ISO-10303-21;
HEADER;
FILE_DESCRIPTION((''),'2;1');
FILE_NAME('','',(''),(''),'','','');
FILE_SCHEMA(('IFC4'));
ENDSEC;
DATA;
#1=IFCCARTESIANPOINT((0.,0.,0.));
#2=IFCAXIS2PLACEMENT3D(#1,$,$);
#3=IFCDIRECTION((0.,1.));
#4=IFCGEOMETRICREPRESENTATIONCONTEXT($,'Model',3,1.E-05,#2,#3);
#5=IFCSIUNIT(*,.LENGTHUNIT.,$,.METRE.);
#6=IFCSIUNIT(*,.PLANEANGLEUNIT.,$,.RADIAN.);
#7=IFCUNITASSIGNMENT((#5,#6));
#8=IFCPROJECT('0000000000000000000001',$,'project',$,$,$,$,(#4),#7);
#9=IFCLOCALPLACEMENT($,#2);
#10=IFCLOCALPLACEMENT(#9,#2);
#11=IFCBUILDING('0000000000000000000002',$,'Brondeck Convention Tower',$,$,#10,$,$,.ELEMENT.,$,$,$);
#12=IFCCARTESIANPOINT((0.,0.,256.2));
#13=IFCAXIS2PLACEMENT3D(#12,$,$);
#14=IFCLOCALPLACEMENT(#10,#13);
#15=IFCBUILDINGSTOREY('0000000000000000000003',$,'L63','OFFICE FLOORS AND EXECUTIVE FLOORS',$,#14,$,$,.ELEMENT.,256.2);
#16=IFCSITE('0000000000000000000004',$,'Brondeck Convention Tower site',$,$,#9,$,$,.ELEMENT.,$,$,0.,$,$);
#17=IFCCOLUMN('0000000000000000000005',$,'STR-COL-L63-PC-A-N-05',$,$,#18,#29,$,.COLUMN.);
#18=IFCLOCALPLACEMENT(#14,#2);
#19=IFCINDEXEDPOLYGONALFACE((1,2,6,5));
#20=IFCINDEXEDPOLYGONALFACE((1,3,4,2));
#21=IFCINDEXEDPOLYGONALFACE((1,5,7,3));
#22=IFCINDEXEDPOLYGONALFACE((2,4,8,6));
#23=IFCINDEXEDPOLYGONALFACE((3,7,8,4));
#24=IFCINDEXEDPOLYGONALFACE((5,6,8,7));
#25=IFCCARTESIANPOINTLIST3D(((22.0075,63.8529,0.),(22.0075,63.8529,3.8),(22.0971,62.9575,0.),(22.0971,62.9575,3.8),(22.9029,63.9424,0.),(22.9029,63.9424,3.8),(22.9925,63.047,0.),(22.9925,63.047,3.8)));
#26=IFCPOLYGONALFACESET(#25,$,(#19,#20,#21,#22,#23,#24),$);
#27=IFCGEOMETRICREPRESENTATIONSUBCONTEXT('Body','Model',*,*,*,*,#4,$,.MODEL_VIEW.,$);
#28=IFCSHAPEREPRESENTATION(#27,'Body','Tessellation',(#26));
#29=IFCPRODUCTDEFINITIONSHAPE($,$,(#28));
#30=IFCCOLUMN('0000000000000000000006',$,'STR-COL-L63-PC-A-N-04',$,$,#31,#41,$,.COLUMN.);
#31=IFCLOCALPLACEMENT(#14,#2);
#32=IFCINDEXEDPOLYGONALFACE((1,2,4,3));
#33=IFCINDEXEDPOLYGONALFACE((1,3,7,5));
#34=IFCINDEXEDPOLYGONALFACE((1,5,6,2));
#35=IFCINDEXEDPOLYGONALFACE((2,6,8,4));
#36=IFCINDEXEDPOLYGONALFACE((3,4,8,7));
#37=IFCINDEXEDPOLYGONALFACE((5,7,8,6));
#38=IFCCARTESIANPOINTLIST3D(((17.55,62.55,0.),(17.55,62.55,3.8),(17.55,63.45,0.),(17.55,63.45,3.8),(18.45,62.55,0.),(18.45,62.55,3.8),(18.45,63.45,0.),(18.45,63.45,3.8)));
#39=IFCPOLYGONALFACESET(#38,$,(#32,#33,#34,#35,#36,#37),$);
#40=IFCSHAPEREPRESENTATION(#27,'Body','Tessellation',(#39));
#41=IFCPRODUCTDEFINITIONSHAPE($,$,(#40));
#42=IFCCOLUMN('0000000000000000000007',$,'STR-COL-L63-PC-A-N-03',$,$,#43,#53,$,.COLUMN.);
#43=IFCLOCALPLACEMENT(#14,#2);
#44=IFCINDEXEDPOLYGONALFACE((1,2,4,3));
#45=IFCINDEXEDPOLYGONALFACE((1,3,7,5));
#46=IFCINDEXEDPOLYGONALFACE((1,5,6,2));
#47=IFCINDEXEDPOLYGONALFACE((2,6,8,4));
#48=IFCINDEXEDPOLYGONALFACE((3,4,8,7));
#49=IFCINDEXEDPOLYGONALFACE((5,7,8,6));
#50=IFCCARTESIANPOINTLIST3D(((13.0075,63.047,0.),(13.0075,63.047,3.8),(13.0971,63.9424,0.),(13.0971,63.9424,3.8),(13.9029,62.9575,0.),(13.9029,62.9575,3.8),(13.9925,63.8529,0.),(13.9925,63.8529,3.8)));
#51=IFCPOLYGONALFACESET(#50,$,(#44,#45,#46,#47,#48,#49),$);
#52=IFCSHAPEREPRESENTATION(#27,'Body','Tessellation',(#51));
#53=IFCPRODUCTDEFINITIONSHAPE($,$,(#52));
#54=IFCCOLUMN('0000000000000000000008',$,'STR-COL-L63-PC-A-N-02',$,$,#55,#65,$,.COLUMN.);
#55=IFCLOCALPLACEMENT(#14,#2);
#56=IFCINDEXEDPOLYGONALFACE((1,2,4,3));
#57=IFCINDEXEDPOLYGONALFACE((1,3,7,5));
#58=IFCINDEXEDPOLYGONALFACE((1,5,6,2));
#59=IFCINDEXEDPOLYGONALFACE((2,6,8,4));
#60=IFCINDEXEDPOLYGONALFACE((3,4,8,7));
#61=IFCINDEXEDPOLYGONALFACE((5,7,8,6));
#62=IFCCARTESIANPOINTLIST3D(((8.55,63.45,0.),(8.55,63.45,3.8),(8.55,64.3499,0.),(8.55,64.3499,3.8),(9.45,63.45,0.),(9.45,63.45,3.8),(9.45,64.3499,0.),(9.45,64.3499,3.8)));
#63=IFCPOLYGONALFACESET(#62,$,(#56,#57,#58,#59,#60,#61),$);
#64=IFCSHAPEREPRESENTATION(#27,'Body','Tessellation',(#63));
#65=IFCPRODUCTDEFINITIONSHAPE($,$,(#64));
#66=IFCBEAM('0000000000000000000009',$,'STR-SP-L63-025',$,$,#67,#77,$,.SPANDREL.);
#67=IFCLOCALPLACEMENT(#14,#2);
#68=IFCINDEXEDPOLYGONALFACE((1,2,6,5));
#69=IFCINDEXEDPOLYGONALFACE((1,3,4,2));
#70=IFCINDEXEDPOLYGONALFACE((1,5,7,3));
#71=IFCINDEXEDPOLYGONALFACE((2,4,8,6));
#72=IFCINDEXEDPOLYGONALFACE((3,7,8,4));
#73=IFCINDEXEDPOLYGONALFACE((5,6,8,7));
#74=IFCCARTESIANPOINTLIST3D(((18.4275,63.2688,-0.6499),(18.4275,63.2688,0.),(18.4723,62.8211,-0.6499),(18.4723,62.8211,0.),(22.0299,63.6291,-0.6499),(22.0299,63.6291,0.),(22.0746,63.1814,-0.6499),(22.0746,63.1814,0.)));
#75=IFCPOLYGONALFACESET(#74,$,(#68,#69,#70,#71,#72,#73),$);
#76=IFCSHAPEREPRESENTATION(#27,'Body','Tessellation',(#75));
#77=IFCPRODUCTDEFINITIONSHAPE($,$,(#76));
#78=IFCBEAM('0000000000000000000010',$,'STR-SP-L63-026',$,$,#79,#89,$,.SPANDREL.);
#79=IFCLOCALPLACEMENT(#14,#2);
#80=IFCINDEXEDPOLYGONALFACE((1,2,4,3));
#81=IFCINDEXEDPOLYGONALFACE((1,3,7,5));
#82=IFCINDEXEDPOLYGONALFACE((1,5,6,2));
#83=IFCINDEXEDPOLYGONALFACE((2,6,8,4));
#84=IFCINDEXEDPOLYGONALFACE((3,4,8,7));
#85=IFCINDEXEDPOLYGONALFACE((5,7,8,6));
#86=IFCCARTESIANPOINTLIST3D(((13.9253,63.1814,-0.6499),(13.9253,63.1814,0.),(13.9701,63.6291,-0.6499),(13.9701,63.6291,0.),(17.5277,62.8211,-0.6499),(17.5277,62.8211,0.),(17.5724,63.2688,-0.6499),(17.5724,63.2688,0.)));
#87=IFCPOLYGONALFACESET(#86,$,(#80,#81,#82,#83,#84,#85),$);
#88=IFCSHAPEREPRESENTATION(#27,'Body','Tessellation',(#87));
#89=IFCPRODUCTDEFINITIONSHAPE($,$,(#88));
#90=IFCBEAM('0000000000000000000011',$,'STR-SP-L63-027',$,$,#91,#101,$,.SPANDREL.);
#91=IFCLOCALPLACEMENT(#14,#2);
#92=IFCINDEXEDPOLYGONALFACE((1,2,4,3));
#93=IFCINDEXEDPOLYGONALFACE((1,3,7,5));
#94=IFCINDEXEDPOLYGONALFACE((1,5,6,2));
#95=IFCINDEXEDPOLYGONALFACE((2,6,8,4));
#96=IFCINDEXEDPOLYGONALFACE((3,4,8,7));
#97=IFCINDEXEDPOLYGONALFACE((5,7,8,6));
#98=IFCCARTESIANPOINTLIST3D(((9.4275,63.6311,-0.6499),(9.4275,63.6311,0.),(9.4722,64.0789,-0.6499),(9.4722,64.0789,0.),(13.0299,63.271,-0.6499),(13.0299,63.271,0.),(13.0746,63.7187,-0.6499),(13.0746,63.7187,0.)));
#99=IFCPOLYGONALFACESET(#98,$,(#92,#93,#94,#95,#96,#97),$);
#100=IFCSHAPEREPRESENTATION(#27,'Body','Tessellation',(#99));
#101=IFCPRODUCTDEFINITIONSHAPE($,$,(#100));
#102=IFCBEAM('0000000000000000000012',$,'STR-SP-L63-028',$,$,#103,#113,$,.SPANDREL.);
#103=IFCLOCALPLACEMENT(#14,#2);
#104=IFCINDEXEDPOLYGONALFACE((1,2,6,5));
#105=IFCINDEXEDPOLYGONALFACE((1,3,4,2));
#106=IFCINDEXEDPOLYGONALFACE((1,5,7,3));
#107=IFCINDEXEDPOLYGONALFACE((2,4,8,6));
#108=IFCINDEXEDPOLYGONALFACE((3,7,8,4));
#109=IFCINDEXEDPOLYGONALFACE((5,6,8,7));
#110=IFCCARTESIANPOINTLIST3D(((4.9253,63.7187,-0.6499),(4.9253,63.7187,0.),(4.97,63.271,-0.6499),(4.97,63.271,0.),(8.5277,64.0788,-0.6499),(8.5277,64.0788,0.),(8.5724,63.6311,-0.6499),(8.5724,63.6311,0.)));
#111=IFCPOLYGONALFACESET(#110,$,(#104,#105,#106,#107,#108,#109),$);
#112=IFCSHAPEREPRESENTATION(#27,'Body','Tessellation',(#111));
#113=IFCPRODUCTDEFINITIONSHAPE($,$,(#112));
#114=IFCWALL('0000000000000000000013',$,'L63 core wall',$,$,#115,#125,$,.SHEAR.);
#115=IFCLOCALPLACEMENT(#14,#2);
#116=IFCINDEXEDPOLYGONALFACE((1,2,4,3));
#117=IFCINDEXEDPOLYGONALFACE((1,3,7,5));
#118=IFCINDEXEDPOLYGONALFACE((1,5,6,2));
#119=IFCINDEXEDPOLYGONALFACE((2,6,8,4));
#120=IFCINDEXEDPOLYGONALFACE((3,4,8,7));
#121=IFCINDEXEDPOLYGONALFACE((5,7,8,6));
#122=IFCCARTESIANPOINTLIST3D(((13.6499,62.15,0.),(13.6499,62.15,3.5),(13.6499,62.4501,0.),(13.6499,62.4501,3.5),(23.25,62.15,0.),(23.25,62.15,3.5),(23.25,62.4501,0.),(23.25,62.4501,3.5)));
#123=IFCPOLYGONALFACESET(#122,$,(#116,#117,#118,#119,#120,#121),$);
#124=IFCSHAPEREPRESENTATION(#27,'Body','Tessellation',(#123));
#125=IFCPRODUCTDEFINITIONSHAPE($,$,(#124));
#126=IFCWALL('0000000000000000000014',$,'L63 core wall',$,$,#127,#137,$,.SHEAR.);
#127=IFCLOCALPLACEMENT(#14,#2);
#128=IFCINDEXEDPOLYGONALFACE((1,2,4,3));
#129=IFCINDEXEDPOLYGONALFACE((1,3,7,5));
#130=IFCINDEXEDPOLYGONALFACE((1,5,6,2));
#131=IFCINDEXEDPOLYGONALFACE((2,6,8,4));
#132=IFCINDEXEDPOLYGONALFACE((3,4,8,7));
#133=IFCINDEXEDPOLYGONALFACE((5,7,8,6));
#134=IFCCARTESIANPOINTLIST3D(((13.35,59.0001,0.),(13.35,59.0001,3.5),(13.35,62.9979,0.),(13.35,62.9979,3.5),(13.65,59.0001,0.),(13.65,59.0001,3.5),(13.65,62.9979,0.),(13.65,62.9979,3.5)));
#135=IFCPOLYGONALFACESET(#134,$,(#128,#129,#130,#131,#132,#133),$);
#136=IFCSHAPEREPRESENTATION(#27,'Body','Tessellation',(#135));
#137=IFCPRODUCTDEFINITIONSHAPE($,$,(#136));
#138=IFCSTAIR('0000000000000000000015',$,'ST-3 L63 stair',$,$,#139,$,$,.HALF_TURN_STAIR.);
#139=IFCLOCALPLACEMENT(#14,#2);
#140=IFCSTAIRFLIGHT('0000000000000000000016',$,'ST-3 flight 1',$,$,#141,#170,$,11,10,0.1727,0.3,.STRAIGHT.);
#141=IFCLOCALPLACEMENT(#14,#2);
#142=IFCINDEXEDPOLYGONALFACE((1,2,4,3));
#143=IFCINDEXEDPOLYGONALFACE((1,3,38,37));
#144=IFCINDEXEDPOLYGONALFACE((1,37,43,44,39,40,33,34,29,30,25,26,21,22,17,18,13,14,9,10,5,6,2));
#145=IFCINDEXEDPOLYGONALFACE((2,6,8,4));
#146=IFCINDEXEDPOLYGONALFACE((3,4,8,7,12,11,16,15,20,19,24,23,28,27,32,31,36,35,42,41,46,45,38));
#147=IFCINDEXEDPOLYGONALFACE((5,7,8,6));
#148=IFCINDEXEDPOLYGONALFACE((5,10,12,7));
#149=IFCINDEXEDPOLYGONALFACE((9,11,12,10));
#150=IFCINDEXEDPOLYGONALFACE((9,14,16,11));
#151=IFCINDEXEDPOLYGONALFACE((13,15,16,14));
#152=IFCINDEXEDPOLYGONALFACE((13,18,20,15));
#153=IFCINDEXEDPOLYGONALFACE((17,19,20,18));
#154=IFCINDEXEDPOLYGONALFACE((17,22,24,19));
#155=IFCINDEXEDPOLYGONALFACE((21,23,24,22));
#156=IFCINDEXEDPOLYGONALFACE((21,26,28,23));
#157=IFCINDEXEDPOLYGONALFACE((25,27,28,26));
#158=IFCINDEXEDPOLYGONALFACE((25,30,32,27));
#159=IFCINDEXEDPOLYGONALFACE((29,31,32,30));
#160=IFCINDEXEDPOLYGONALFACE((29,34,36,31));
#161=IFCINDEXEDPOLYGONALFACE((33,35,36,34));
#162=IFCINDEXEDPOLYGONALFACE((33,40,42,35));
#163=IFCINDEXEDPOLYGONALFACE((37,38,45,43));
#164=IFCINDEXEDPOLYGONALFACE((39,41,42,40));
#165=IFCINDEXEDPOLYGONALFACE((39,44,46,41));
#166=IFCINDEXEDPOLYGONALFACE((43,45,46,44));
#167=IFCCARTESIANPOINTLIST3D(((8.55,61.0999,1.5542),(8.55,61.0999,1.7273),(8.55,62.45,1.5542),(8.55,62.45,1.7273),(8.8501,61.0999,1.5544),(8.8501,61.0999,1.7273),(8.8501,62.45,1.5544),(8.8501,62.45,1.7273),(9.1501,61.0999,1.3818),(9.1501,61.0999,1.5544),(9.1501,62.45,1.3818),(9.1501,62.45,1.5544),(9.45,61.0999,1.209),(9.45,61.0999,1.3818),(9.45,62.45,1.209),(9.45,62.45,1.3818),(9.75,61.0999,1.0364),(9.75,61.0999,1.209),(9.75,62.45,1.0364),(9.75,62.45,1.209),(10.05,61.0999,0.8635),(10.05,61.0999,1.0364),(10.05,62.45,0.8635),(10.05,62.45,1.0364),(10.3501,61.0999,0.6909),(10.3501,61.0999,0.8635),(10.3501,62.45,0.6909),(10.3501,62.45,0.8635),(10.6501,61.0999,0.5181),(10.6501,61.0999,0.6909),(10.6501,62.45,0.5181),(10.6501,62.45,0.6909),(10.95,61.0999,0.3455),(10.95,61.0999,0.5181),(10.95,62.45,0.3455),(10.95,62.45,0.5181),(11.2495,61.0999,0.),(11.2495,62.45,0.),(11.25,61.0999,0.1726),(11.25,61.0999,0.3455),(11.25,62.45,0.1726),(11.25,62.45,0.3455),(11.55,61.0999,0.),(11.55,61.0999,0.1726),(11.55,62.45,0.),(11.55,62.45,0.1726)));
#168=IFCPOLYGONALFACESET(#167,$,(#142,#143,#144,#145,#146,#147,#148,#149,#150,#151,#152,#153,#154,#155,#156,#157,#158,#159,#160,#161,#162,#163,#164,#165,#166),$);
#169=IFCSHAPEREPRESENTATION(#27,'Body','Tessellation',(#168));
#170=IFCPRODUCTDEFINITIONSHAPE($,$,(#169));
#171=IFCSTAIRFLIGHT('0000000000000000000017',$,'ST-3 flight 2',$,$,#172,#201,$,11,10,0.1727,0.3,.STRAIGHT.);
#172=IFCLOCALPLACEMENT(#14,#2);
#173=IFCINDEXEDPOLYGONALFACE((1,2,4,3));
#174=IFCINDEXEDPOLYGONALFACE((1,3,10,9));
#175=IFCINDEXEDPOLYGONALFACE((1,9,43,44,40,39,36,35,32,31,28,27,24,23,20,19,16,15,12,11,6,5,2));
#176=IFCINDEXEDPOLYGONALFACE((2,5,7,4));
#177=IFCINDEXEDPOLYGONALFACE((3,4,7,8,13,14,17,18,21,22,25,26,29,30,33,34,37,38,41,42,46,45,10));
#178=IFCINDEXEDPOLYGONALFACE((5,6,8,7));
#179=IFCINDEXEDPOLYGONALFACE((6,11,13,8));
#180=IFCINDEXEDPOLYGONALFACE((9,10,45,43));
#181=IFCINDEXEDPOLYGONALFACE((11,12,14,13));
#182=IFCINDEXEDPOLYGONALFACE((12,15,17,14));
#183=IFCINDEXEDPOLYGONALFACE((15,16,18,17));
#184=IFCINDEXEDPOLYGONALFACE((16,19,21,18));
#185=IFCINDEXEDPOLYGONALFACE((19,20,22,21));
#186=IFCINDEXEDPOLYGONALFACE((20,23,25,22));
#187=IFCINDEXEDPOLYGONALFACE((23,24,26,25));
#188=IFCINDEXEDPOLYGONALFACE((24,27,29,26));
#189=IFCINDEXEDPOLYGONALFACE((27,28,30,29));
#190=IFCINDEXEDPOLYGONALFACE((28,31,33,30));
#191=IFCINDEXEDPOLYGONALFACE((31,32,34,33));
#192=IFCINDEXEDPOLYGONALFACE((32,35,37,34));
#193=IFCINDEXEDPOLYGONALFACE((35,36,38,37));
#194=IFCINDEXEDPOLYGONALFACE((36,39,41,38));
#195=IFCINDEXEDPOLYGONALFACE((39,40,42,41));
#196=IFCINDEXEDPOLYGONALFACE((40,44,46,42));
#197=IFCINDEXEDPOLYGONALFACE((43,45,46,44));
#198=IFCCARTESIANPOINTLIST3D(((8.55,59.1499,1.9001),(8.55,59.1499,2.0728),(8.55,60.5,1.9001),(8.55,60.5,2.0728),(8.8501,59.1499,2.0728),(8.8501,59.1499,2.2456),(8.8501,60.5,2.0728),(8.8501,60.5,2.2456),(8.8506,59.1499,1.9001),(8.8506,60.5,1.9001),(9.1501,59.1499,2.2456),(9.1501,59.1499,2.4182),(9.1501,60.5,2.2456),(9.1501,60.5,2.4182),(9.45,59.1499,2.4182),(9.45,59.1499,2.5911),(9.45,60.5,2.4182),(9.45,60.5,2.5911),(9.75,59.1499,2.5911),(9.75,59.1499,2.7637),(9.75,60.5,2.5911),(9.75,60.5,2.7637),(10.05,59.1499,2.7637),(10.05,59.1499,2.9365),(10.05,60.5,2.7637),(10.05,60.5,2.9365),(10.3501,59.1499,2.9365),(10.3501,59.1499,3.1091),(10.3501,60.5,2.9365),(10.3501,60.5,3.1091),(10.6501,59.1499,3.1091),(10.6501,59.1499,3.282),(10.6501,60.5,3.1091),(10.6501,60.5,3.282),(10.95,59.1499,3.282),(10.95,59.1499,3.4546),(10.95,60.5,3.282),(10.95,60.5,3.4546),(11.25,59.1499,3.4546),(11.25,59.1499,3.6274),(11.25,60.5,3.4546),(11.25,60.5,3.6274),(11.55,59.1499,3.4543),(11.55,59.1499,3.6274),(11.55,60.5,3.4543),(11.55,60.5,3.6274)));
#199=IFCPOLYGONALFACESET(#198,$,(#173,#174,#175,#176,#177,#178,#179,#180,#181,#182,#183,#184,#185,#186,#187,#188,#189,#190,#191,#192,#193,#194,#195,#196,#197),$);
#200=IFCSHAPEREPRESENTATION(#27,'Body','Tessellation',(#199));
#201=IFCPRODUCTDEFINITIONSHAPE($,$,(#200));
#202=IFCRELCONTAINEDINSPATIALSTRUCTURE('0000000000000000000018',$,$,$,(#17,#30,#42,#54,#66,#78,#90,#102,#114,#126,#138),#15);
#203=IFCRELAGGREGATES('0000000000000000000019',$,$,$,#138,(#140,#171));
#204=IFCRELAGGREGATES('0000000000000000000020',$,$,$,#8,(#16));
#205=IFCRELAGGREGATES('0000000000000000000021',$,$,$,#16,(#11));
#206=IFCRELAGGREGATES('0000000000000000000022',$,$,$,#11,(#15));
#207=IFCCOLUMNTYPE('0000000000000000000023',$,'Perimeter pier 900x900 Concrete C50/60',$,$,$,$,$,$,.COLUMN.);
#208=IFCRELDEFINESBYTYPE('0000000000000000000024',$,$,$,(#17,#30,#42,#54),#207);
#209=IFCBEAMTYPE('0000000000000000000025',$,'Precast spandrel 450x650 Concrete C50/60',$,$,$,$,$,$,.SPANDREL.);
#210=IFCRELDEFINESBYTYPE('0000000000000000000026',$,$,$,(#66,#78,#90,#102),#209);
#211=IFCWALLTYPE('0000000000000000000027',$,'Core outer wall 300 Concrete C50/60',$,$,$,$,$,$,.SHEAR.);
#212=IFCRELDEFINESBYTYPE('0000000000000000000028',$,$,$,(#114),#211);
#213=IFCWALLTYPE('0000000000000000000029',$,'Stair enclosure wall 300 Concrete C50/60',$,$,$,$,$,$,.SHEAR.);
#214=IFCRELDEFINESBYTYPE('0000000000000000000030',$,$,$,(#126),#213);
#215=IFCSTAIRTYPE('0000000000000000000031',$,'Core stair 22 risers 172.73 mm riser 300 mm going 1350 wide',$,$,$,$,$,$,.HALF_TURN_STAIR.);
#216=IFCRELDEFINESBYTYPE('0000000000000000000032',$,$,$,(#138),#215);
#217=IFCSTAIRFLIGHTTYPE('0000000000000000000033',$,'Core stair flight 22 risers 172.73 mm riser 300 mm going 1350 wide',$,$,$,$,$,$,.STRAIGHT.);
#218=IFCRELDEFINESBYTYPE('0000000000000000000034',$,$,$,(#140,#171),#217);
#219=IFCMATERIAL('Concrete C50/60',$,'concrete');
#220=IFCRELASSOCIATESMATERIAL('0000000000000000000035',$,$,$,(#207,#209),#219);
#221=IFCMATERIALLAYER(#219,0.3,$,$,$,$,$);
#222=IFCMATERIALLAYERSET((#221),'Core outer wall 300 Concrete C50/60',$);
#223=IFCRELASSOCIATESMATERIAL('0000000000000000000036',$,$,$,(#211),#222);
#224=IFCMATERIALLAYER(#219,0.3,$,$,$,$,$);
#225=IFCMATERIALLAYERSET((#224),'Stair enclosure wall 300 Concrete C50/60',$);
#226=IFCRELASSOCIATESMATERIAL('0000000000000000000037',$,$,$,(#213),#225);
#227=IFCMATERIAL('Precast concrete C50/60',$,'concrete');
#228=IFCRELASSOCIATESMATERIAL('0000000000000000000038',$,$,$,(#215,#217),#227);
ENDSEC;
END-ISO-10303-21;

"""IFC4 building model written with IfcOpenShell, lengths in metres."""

from ifc_helpers import new_model, si_unit, direction, frame, frame_2d, origin, origin_2d, place, context, subcontext, project, spatial, polyline, rectangle, outline, extrude, material, layer, layer_set, material_profile, profile_set, type_object, element, aggregate, save


model = new_model("IFC4")

# Units and contexts
model_context = context("Model", 3, precision=1e-05, world=origin(), true_north=direction((0.0, 1.0)))
body_context = subcontext(model_context, "Body", "Model", "MODEL_VIEW")
ifc_project = project(units=[si_unit("LENGTHUNIT", "METRE"), si_unit("PLANEANGLEUNIT", "RADIAN")], contexts=[model_context])

# Site, building, storey
site_placement = place(None, origin())
site = spatial("IfcSite", under=ifc_project, at=site_placement, Name="Brondeck Convention Tower site", CompositionType="ELEMENT", RefElevation=0.0)
building_placement = place(site_placement, origin())
building = spatial("IfcBuilding", under=site, at=building_placement, Name="Brondeck Convention Tower", CompositionType="ELEMENT")
storey_placement = place(building_placement, frame((0.0, 0.0, 256.2)))
storey = spatial("IfcBuildingStorey", under=building, at=storey_placement, Name="L63", Description="OFFICE FLOORS AND EXECUTIVE FLOORS", CompositionType="ELEMENT", Elevation=256.2)

# Columns
ifc_material_1 = material(Name="Concrete C50/60", Category="concrete")
ifc_material_profile_1 = material_profile(ifc_material_1, rectangle(XDim=0.8999, YDim=0.8999, at=origin_2d()), Name="Perimeter pier 900x900 Concrete C50/60")
ifc_profile_set_1 = profile_set([ifc_material_profile_1], Name="Concrete C50/60")
column_type = type_object("IfcColumnType", Name="Perimeter pier 900x900 Concrete C50/60", PredefinedType="COLUMN", material=ifc_profile_set_1)
for number, where, z_axis, x_axis, name in (
    (1, (22.5, 63.45, 0.0), (0.0, 0.0, 1.0), (-0.995037, -0.099504, 0.0), "STR-COL-L63-PC-A-N-05"),
    (2, (18.0, 63.0, 0.0), (0.0, 0.0, 1.0), (-1.0, 0.0, 0.0), "STR-COL-L63-PC-A-N-04"),
    (3, (13.5, 63.45, 0.0), (0.0, 0.0, 1.0), (-0.995037, 0.099504, 0.0), "STR-COL-L63-PC-A-N-03"),
    (4, (9.0, 63.8999, 0.0), (0.0, 0.0, 1.0), (-1.0, 0.0, 0.0), "STR-COL-L63-PC-A-N-02"),
):
    element("IfcColumn", number, at=place(storey_placement, frame(where, z_axis=z_axis, x_axis=x_axis)), inside=storey, type_object=column_type, Name=name, PredefinedType="COLUMN", context=body_context, shape_type="SweptSolid", body=[
        extrude(rectangle(XDim=0.8999, YDim=0.8999, at=origin_2d()), origin(), (0.0, 0.0, 1.0), 3.8),
    ])

# Beams
ifc_material_profile_2 = material_profile(ifc_material_1, rectangle(XDim=0.45, YDim=0.6499, at=origin_2d()), Name="Precast spandrel 450x650 Concrete C50/60")
ifc_profile_set_2 = profile_set([ifc_material_profile_2], Name="Concrete C50/60")
beam_type = type_object("IfcBeamType", Name="Precast spandrel 450x650 Concrete C50/60", PredefinedType="SPANDREL", material=ifc_profile_set_2)
for number, where, z_axis, x_axis, name in (
    (5, (22.0522, 63.4053, -0.325), (-0.995034, -0.099537, 0.0), (0.099537, -0.995034, 0.0), "STR-SP-L63-025"),
    (6, (17.55, 63.0449, -0.325), (-0.995034, 0.099537, 0.0), (-0.099537, -0.995034, 0.0), "STR-SP-L63-026"),
    (7, (13.0522, 63.4949, -0.325), (-0.995041, 0.09947, 0.0), (-0.09947, -0.995041, 0.0), "STR-SP-L63-027"),
    (8, (8.55, 63.855, -0.325), (-0.995041, -0.09947, 0.0), (0.09947, -0.995041, 0.0), "STR-SP-L63-028"),
):
    element("IfcBeam", number, at=place(storey_placement, frame(where, z_axis=z_axis, x_axis=x_axis)), inside=storey, type_object=beam_type, Name=name, PredefinedType="SPANDREL", context=body_context, shape_type="SweptSolid", body=[
        extrude(rectangle(XDim=0.45, YDim=0.6499, at=origin_2d()), origin(), (0.0, 0.0, 1.0), 3.6204),
    ])

# Walls
ifc_layer_1 = layer(ifc_material_1, 0.3)
ifc_layer_set_1 = layer_set([ifc_layer_1], Name="Core outer wall 300 Concrete C50/60")
wall_type_1 = type_object("IfcWallType", Name="Core outer wall 300 Concrete C50/60", PredefinedType="SHEAR", material=ifc_layer_set_1)
wall_1_placement = place(storey_placement, frame((13.6499, 62.3, 0.0), z_axis=(0.0, 0.0, 1.0), x_axis=(1.0, 0.0, 0.0)))
element("IfcWall", 9, at=wall_1_placement, inside=storey, type_object=wall_type_1, Name="L63 core wall", PredefinedType="SHEAR", context=body_context, shape_type="SweptSolid", body=[
    extrude(rectangle(XDim=9.6001, YDim=0.3, at=frame_2d((4.8, 0.0))), origin(), (0.0, 0.0, 1.0), 3.5),
])
ifc_layer_2 = layer(ifc_material_1, 0.3)
ifc_layer_set_2 = layer_set([ifc_layer_2], Name="Stair enclosure wall 300 Concrete C50/60")
wall_type_2 = type_object("IfcWallType", Name="Stair enclosure wall 300 Concrete C50/60", PredefinedType="SHEAR", material=ifc_layer_set_2)
wall_2_placement = place(storey_placement, frame((13.5, 59.0, 0.0), z_axis=(0.0, 0.0, 1.0), x_axis=(0.0, 1.0, 0.0)))
element("IfcWall", 10, at=wall_2_placement, inside=storey, type_object=wall_type_2, Name="L63 core wall", PredefinedType="SHEAR", context=body_context, shape_type="SweptSolid", body=[
    extrude(rectangle(XDim=3.9978, YDim=0.3, at=frame_2d((1.999, 0.0))), origin(), (0.0, 0.0, 1.0), 3.5),
])

# Stair, stair flights
ifc_material_2 = material(Name="Precast concrete C50/60", Category="concrete")
stair_type = type_object("IfcStairType", Name="Core stair 22 risers 172.73 mm riser 300 mm going 1350 wide", PredefinedType="HALF_TURN_STAIR", material=ifc_material_2)
stair_placement = place(storey_placement, origin())
stair = element("IfcStair", 11, at=stair_placement, inside=storey, type_object=stair_type, Name="ST-3 L63 stair", PredefinedType="HALF_TURN_STAIR")
stair_flight_type = type_object("IfcStairFlightType", Name="Core stair flight 22 risers 172.73 mm riser 300 mm going 1350 wide", PredefinedType="STRAIGHT", material=ifc_material_2)
stair_flight_1_placement = place(storey_placement, frame((11.55, 61.7749, 0.0), z_axis=(0.0, 0.0, 1.0), x_axis=(-1.0, 0.0, 0.0)))
stair_flight_1 = element("IfcStairFlight", 12, at=stair_flight_1_placement, type_object=stair_flight_type, Name="ST-3 flight 1", NumberOfRisers=11, NumberOfTreads=10, PredefinedType="STRAIGHT", RiserHeight=0.1727, TreadLength=0.3, context=body_context, shape_type="SweptSolid", body=[
    extrude(outline(polyline([(0.0, 0.0), (0.0, 0.1726), (0.3, 0.1726), (0.3, 0.3455), (0.6001, 0.3455), (0.6001, 0.5181), (0.8999, 0.5181), (0.8999, 0.6909), (1.2, 0.6909), (1.2, 0.8635), (1.5, 0.8635), (1.5, 1.0364), (1.8, 1.0364), (1.8, 1.209), (2.1001, 1.209), (2.1001, 1.3818), (2.3999, 1.3818), (2.3999, 1.5544), (2.7, 1.5544), (2.7, 1.7273), (3.0, 1.7273), (3.0, 1.8999), (3.0, 1.5542), (0.3005, 0.0), (0.0, 0.0)])), frame((0.0, 0.675, 0.0), z_axis=(0.0, -1.0, 0.0), x_axis=(1.0, 0.0, 0.0)), (0.0, 0.0, 1.0), 1.3501),
])
stair_flight_2_placement = place(storey_placement, frame((8.55, 59.825, 1.9001), z_axis=(0.0, 0.0, 1.0), x_axis=(1.0, 0.0, 0.0)))
stair_flight_2 = element("IfcStairFlight", 13, at=stair_flight_2_placement, type_object=stair_flight_type, Name="ST-3 flight 2", NumberOfRisers=11, NumberOfTreads=10, PredefinedType="STRAIGHT", RiserHeight=0.1727, TreadLength=0.3, context=body_context, shape_type="SweptSolid", body=[
    extrude(outline(polyline([(0.0, 0.0), (0.0, 0.1726), (0.3, 0.1726), (0.3, 0.3455), (0.6001, 0.3455), (0.6001, 0.5181), (0.8999, 0.5181), (0.8999, 0.6909), (1.2, 0.6909), (1.2, 0.8635), (1.5, 0.8635), (1.5, 1.0364), (1.8, 1.0364), (1.8, 1.209), (2.1001, 1.209), (2.1001, 1.3818), (2.3999, 1.3818), (2.3999, 1.5544), (2.7, 1.5544), (2.7, 1.7273), (3.0, 1.7273), (3.0, 1.8999), (3.0, 1.5542), (0.3005, 0.0), (0.0, 0.0)])), frame((0.0, 0.675, 0.0), z_axis=(0.0, -1.0, 0.0), x_axis=(1.0, 0.0, 0.0)), (0.0, 0.0, 1.0), 1.3501),
])
aggregate(stair, [stair_flight_1, stair_flight_2])

save(model, "model.ifc")
